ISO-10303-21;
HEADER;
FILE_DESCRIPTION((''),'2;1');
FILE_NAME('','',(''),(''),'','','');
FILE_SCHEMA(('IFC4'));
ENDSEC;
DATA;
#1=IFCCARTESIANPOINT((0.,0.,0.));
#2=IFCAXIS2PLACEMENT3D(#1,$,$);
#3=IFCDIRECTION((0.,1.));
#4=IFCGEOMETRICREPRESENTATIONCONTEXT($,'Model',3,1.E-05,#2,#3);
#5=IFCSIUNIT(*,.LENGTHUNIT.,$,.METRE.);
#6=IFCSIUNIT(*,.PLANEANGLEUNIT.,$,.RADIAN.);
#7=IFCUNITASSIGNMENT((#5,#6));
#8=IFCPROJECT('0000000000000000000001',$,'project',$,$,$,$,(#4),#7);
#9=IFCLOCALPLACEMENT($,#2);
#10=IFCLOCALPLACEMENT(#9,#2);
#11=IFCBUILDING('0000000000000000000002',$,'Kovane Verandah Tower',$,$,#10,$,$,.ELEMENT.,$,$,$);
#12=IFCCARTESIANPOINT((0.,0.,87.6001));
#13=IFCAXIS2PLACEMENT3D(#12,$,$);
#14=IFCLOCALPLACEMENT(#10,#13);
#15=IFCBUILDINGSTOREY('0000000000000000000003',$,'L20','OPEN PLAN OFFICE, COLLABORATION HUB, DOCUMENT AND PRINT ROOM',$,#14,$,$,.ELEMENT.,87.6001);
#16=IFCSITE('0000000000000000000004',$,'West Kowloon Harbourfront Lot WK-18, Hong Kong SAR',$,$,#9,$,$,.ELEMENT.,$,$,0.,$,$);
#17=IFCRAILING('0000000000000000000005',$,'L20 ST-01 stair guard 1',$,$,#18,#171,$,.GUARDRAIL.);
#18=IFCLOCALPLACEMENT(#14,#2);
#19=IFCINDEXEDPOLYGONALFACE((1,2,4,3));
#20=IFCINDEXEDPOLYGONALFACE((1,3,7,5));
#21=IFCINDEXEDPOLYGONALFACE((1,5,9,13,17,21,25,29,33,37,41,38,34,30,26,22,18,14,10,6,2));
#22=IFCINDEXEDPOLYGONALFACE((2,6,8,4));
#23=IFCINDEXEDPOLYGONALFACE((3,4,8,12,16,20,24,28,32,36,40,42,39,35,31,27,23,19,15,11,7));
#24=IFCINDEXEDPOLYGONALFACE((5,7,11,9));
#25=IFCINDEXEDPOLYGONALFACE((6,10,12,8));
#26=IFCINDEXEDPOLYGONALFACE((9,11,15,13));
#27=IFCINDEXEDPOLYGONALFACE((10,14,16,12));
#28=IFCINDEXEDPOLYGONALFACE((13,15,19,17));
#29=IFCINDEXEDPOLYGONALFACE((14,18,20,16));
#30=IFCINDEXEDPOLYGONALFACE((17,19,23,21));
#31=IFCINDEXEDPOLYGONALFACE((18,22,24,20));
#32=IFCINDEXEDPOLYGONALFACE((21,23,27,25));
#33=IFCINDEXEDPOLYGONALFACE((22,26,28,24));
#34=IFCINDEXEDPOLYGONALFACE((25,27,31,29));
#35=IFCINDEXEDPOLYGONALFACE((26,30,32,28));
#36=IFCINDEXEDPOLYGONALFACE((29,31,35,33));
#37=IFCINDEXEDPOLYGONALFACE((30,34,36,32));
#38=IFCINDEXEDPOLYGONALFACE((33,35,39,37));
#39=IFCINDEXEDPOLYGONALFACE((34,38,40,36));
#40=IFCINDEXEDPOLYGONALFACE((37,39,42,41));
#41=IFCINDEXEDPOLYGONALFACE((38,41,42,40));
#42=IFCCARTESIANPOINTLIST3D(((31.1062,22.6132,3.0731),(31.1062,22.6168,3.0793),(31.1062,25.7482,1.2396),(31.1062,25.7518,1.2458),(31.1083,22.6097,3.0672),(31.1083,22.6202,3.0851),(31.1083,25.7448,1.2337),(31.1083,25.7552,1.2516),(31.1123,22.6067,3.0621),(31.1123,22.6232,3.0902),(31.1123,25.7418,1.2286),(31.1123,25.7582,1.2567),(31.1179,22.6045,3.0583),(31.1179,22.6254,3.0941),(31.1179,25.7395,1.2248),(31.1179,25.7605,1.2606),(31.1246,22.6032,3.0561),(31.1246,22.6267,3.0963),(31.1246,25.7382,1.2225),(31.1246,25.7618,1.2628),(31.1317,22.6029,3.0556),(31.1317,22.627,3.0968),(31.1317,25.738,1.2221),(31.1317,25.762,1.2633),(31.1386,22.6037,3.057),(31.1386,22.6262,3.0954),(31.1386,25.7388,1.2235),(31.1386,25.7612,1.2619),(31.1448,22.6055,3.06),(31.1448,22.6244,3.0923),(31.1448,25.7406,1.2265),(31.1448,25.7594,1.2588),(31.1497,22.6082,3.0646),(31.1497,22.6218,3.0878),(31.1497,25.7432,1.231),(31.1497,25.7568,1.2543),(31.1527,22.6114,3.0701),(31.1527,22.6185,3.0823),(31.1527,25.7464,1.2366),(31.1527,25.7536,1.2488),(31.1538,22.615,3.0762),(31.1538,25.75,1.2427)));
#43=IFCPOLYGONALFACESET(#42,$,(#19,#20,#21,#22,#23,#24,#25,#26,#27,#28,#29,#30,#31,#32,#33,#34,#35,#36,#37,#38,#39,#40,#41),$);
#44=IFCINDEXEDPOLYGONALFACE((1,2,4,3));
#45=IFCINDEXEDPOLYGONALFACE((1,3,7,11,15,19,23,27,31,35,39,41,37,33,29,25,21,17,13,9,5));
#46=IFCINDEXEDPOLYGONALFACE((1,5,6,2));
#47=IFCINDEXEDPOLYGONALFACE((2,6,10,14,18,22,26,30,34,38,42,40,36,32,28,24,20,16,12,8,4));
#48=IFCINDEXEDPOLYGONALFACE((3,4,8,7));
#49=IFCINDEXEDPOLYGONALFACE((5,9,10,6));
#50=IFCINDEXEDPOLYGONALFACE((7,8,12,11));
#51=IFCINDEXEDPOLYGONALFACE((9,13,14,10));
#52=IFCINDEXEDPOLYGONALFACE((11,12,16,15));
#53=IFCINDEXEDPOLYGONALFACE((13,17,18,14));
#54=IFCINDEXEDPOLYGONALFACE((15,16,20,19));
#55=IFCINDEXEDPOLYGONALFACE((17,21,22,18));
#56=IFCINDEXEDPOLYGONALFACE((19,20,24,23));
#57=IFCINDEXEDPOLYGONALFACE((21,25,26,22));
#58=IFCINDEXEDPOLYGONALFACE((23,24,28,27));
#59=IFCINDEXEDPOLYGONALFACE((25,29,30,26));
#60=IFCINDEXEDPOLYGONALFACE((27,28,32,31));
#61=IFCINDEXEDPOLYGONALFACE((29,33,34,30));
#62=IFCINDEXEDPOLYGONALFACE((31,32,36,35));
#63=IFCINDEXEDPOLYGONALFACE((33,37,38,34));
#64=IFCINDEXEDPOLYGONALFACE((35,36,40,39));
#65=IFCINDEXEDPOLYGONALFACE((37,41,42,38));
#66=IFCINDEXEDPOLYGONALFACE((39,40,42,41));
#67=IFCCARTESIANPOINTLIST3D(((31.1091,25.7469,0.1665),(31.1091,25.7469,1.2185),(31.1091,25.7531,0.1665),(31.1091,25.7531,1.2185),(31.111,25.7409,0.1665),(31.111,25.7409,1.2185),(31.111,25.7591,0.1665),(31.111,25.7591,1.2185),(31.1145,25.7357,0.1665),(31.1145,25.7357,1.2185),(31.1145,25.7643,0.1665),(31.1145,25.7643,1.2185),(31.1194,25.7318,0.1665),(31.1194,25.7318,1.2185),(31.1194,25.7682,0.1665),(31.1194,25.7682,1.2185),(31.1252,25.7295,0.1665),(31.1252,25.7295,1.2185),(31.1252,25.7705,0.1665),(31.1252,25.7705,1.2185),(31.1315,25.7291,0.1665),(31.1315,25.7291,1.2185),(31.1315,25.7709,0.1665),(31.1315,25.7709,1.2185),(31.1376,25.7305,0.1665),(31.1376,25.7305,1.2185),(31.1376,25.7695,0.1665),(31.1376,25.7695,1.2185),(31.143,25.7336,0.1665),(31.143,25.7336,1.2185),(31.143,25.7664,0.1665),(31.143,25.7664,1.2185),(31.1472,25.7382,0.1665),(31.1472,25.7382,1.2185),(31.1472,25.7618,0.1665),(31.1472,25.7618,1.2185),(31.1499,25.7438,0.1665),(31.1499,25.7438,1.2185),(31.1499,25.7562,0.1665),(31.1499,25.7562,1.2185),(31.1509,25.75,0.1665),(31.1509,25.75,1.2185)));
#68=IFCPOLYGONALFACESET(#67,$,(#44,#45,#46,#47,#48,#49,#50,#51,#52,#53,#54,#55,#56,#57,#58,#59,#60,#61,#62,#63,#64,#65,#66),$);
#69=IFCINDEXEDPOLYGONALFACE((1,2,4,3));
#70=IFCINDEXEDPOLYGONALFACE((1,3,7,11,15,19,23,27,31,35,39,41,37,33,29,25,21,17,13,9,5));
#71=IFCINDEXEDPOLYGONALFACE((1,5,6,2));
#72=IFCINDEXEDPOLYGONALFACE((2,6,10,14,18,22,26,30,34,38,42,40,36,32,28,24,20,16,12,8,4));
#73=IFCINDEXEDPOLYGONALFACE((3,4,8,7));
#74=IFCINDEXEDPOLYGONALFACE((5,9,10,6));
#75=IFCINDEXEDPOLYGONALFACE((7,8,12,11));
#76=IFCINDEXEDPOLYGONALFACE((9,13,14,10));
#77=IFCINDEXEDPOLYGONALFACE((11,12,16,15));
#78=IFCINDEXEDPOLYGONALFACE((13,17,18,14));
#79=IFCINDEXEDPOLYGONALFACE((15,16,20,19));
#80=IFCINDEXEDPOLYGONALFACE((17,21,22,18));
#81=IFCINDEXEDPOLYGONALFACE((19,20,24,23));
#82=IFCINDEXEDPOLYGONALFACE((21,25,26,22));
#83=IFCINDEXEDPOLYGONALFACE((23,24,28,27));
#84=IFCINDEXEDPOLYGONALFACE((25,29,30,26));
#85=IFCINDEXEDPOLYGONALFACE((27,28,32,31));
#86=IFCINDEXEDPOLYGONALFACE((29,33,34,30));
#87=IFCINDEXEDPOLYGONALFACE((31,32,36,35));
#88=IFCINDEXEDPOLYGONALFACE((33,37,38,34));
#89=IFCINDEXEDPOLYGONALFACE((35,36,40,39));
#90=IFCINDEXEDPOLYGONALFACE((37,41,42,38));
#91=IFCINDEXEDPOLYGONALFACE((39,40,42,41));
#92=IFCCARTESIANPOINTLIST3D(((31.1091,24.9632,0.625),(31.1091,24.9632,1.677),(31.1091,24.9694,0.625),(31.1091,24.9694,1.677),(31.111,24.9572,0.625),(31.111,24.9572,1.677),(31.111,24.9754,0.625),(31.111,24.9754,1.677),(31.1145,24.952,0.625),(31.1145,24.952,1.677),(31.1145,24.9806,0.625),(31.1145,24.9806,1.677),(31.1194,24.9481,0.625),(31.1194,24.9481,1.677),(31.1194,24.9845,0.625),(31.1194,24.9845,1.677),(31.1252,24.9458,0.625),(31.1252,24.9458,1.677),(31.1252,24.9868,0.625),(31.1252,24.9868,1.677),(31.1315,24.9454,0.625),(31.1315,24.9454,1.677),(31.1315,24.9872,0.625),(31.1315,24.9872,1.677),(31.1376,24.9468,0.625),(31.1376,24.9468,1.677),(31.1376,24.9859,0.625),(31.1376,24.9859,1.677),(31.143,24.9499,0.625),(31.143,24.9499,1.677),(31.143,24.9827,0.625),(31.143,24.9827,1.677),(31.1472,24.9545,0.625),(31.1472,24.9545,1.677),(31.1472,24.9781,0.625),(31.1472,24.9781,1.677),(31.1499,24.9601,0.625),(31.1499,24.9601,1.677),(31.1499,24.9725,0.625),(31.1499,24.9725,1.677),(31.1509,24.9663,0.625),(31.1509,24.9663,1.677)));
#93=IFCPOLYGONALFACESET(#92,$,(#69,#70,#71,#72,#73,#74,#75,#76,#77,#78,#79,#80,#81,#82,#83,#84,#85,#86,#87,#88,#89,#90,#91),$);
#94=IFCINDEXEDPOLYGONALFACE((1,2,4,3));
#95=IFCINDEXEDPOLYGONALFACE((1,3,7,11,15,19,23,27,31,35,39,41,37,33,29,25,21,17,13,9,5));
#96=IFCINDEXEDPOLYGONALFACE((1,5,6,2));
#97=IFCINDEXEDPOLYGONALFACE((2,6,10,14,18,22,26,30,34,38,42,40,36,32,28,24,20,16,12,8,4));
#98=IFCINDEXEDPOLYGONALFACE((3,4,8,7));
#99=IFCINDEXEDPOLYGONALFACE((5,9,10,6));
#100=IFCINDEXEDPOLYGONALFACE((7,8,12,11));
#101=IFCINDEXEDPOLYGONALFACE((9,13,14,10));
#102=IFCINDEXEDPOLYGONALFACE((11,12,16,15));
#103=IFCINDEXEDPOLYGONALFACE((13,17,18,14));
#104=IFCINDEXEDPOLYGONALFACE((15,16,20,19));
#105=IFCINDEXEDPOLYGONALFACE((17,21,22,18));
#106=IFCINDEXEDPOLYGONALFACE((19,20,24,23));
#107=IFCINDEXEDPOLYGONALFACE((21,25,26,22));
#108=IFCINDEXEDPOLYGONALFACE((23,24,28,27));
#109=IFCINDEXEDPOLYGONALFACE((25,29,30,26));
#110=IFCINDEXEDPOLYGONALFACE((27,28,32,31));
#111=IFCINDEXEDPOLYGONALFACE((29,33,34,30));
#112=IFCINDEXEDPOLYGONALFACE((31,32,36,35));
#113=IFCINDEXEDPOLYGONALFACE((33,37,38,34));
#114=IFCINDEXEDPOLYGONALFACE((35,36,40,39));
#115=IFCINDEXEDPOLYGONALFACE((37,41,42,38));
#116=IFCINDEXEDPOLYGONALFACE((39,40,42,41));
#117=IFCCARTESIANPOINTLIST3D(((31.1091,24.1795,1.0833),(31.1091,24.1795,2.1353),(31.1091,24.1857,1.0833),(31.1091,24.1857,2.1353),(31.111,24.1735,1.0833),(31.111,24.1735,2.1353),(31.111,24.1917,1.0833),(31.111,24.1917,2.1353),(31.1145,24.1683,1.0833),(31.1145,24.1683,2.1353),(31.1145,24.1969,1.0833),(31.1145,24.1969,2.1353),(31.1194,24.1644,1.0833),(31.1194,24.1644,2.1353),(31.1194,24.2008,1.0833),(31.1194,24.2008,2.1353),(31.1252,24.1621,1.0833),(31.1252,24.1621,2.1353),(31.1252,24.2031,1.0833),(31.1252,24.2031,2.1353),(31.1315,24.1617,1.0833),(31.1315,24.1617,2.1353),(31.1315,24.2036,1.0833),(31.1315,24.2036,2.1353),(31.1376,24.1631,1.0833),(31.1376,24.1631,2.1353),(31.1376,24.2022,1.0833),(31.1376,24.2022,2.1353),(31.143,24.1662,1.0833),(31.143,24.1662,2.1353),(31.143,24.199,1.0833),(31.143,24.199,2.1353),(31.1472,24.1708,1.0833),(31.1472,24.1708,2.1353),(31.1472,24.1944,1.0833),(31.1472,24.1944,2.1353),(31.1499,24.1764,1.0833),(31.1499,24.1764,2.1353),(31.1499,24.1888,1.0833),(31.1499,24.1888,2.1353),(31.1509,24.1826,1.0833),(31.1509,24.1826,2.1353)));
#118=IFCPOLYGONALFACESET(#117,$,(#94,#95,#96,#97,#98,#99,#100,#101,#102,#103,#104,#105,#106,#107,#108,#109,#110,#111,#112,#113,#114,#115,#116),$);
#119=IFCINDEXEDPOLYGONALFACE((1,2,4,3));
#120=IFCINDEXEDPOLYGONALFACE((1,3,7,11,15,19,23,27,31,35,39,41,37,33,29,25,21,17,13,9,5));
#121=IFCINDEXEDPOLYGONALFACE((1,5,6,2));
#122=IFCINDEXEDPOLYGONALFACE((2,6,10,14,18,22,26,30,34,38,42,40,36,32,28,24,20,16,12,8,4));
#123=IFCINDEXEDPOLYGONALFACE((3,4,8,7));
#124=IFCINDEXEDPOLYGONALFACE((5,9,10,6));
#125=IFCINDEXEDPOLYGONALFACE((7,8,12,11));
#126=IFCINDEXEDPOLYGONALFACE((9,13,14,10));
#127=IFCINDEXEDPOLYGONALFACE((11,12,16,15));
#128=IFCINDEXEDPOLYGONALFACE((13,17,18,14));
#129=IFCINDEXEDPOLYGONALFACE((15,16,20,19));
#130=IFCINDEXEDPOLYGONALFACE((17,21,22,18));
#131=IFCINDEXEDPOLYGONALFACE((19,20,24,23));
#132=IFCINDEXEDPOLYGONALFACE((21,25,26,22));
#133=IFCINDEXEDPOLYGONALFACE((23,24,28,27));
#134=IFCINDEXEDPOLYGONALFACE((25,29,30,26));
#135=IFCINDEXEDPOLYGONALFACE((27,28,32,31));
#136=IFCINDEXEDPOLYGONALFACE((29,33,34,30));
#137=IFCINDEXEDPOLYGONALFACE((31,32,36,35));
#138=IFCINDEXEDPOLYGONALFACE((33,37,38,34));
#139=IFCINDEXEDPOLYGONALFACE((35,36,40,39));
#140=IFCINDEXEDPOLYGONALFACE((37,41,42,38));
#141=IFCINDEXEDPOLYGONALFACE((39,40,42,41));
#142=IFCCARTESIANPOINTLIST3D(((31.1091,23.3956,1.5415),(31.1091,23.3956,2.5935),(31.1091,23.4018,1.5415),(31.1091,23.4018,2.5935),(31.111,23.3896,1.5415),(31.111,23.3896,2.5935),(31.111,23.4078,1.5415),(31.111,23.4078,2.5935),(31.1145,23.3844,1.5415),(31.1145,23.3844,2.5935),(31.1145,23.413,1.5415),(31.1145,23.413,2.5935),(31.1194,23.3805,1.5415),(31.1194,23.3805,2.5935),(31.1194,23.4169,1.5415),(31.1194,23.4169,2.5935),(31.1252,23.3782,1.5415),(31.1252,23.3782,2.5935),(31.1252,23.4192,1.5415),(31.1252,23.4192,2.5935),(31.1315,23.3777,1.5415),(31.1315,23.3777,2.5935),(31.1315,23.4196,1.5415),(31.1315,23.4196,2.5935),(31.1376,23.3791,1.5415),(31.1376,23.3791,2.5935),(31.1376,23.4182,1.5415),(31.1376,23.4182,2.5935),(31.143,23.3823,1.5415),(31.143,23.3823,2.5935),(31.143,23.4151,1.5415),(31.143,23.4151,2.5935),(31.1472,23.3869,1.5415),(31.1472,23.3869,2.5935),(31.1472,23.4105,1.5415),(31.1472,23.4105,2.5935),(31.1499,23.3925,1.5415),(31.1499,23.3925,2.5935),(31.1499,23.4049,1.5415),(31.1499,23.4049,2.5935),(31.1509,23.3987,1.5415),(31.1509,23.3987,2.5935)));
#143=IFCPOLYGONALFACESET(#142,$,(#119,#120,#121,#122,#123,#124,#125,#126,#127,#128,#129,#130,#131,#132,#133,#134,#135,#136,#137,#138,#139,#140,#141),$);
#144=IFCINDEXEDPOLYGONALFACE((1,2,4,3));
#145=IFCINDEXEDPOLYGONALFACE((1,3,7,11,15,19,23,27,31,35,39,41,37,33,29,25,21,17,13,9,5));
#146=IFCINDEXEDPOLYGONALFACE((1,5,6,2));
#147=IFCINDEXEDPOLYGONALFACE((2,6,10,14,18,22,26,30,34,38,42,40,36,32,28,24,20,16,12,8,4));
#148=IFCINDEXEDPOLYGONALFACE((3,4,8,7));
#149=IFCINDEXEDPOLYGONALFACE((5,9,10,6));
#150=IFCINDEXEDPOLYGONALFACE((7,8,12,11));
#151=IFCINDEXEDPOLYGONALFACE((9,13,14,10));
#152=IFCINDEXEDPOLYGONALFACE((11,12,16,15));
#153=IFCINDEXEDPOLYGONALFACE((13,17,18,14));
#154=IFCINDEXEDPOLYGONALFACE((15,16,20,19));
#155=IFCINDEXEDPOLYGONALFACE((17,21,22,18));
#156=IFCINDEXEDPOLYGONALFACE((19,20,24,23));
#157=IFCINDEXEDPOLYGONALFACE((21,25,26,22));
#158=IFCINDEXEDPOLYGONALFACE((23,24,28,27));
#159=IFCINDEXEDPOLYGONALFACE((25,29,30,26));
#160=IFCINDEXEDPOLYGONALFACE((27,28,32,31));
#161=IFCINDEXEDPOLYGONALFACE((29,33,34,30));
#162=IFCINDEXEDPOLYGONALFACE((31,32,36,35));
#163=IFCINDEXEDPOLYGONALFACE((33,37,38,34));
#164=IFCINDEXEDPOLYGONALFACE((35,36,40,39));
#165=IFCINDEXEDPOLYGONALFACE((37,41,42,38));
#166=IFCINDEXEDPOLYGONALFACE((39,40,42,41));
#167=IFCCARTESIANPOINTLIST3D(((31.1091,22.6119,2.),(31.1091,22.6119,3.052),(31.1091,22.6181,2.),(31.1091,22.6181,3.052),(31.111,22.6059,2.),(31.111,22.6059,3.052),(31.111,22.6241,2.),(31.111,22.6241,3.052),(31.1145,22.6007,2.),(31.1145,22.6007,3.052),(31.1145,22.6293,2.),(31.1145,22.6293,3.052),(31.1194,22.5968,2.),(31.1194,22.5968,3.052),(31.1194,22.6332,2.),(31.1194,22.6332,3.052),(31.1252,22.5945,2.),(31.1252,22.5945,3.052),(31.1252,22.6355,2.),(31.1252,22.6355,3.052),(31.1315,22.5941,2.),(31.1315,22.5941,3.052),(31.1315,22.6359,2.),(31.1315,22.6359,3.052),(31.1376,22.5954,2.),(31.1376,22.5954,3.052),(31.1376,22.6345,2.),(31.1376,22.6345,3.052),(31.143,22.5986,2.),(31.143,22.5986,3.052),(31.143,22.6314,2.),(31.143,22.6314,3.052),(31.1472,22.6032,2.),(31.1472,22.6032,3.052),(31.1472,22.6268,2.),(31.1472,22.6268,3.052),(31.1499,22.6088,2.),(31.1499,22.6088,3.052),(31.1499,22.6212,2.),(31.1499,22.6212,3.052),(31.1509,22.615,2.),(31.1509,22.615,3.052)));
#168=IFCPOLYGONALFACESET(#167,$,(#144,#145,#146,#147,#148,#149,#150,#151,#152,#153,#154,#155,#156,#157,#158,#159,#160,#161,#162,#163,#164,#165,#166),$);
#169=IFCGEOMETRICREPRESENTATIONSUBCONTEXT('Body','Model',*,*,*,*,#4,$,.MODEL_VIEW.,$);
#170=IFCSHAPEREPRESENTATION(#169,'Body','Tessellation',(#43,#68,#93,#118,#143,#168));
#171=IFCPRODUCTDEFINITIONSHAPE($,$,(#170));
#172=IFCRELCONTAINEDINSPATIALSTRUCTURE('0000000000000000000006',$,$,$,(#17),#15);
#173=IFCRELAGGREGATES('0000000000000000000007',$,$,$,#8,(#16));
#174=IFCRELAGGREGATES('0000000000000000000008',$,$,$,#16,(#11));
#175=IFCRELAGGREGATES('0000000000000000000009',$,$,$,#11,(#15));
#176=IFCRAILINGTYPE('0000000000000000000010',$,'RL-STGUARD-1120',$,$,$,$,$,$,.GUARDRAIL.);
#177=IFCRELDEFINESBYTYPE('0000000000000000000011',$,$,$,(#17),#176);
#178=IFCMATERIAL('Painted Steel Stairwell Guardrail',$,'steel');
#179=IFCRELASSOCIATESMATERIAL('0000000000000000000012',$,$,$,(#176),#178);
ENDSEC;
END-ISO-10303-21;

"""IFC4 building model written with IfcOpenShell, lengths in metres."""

from ifc_helpers import new_model, si_unit, direction, frame, origin, origin_2d, place, context, subcontext, project, spatial, circle, extrude, material, type_object, element, save


model = new_model("IFC4")

# Units and contexts
model_context = context("Model", 3, precision=1e-05, world=origin(), true_north=direction((0.0, 1.0)))
body_context = subcontext(model_context, "Body", "Model", "MODEL_VIEW")
ifc_project = project(units=[si_unit("LENGTHUNIT", "METRE"), si_unit("PLANEANGLEUNIT", "RADIAN")], contexts=[model_context])

# Site, building, storey
site_placement = place(None, origin())
site = spatial("IfcSite", under=ifc_project, at=site_placement, Name="West Kowloon Harbourfront Lot WK-18, Hong Kong SAR", CompositionType="ELEMENT", RefElevation=0.0)
building_placement = place(site_placement, origin())
building = spatial("IfcBuilding", under=site, at=building_placement, Name="Kovane Verandah Tower", CompositionType="ELEMENT")
storey_placement = place(building_placement, frame((0.0, 0.0, 87.6001)))
storey = spatial("IfcBuildingStorey", under=building, at=storey_placement, Name="L20", Description="OPEN PLAN OFFICE, COLLABORATION HUB, DOCUMENT AND PRINT ROOM", CompositionType="ELEMENT", Elevation=87.6001)

# Railing
ifc_material_1 = material(Name="Painted Steel Stairwell Guardrail", Category="steel")
railing_type_1 = type_object("IfcRailingType", Name="RL-STGUARD-1120", PredefinedType="GUARDRAIL", material=ifc_material_1)
railing_1_placement = place(storey_placement, frame((31.1299, 25.75, 0.1665)))
element("IfcRailing", 1, at=railing_1_placement, inside=storey, type_object=railing_type_1, Name="L20 ST-01 stair guard 1", PredefinedType="GUARDRAIL", context=body_context, shape_type="SweptSolid", body=[
    extrude(circle(Radius=0.0239, at=origin_2d()), frame((0.0, 0.0, 1.0762), z_axis=(0.0, -0.86321, 0.504845), x_axis=(1.0, 0.0, 0.0)), (0.0, 0.0, 1.0), 3.6318),
    extrude(circle(Radius=0.021, at=origin_2d()), origin(), (0.0, 0.0, 1.0), 1.052),
    extrude(circle(Radius=0.021, at=origin_2d()), frame((0.0, -0.7837, 0.4585)), (0.0, 0.0, 1.0), 1.052),
    extrude(circle(Radius=0.021, at=origin_2d()), frame((0.0, -1.5674, 0.9167)), (0.0, 0.0, 1.0), 1.052),
    extrude(circle(Radius=0.021, at=origin_2d()), frame((0.0, -2.3513, 1.375)), (0.0, 0.0, 1.0), 1.052),
    extrude(circle(Radius=0.021, at=origin_2d()), frame((0.0, -3.135, 1.8335)), (0.0, 0.0, 1.0), 1.052),
])

save(model, "model.ifc")
